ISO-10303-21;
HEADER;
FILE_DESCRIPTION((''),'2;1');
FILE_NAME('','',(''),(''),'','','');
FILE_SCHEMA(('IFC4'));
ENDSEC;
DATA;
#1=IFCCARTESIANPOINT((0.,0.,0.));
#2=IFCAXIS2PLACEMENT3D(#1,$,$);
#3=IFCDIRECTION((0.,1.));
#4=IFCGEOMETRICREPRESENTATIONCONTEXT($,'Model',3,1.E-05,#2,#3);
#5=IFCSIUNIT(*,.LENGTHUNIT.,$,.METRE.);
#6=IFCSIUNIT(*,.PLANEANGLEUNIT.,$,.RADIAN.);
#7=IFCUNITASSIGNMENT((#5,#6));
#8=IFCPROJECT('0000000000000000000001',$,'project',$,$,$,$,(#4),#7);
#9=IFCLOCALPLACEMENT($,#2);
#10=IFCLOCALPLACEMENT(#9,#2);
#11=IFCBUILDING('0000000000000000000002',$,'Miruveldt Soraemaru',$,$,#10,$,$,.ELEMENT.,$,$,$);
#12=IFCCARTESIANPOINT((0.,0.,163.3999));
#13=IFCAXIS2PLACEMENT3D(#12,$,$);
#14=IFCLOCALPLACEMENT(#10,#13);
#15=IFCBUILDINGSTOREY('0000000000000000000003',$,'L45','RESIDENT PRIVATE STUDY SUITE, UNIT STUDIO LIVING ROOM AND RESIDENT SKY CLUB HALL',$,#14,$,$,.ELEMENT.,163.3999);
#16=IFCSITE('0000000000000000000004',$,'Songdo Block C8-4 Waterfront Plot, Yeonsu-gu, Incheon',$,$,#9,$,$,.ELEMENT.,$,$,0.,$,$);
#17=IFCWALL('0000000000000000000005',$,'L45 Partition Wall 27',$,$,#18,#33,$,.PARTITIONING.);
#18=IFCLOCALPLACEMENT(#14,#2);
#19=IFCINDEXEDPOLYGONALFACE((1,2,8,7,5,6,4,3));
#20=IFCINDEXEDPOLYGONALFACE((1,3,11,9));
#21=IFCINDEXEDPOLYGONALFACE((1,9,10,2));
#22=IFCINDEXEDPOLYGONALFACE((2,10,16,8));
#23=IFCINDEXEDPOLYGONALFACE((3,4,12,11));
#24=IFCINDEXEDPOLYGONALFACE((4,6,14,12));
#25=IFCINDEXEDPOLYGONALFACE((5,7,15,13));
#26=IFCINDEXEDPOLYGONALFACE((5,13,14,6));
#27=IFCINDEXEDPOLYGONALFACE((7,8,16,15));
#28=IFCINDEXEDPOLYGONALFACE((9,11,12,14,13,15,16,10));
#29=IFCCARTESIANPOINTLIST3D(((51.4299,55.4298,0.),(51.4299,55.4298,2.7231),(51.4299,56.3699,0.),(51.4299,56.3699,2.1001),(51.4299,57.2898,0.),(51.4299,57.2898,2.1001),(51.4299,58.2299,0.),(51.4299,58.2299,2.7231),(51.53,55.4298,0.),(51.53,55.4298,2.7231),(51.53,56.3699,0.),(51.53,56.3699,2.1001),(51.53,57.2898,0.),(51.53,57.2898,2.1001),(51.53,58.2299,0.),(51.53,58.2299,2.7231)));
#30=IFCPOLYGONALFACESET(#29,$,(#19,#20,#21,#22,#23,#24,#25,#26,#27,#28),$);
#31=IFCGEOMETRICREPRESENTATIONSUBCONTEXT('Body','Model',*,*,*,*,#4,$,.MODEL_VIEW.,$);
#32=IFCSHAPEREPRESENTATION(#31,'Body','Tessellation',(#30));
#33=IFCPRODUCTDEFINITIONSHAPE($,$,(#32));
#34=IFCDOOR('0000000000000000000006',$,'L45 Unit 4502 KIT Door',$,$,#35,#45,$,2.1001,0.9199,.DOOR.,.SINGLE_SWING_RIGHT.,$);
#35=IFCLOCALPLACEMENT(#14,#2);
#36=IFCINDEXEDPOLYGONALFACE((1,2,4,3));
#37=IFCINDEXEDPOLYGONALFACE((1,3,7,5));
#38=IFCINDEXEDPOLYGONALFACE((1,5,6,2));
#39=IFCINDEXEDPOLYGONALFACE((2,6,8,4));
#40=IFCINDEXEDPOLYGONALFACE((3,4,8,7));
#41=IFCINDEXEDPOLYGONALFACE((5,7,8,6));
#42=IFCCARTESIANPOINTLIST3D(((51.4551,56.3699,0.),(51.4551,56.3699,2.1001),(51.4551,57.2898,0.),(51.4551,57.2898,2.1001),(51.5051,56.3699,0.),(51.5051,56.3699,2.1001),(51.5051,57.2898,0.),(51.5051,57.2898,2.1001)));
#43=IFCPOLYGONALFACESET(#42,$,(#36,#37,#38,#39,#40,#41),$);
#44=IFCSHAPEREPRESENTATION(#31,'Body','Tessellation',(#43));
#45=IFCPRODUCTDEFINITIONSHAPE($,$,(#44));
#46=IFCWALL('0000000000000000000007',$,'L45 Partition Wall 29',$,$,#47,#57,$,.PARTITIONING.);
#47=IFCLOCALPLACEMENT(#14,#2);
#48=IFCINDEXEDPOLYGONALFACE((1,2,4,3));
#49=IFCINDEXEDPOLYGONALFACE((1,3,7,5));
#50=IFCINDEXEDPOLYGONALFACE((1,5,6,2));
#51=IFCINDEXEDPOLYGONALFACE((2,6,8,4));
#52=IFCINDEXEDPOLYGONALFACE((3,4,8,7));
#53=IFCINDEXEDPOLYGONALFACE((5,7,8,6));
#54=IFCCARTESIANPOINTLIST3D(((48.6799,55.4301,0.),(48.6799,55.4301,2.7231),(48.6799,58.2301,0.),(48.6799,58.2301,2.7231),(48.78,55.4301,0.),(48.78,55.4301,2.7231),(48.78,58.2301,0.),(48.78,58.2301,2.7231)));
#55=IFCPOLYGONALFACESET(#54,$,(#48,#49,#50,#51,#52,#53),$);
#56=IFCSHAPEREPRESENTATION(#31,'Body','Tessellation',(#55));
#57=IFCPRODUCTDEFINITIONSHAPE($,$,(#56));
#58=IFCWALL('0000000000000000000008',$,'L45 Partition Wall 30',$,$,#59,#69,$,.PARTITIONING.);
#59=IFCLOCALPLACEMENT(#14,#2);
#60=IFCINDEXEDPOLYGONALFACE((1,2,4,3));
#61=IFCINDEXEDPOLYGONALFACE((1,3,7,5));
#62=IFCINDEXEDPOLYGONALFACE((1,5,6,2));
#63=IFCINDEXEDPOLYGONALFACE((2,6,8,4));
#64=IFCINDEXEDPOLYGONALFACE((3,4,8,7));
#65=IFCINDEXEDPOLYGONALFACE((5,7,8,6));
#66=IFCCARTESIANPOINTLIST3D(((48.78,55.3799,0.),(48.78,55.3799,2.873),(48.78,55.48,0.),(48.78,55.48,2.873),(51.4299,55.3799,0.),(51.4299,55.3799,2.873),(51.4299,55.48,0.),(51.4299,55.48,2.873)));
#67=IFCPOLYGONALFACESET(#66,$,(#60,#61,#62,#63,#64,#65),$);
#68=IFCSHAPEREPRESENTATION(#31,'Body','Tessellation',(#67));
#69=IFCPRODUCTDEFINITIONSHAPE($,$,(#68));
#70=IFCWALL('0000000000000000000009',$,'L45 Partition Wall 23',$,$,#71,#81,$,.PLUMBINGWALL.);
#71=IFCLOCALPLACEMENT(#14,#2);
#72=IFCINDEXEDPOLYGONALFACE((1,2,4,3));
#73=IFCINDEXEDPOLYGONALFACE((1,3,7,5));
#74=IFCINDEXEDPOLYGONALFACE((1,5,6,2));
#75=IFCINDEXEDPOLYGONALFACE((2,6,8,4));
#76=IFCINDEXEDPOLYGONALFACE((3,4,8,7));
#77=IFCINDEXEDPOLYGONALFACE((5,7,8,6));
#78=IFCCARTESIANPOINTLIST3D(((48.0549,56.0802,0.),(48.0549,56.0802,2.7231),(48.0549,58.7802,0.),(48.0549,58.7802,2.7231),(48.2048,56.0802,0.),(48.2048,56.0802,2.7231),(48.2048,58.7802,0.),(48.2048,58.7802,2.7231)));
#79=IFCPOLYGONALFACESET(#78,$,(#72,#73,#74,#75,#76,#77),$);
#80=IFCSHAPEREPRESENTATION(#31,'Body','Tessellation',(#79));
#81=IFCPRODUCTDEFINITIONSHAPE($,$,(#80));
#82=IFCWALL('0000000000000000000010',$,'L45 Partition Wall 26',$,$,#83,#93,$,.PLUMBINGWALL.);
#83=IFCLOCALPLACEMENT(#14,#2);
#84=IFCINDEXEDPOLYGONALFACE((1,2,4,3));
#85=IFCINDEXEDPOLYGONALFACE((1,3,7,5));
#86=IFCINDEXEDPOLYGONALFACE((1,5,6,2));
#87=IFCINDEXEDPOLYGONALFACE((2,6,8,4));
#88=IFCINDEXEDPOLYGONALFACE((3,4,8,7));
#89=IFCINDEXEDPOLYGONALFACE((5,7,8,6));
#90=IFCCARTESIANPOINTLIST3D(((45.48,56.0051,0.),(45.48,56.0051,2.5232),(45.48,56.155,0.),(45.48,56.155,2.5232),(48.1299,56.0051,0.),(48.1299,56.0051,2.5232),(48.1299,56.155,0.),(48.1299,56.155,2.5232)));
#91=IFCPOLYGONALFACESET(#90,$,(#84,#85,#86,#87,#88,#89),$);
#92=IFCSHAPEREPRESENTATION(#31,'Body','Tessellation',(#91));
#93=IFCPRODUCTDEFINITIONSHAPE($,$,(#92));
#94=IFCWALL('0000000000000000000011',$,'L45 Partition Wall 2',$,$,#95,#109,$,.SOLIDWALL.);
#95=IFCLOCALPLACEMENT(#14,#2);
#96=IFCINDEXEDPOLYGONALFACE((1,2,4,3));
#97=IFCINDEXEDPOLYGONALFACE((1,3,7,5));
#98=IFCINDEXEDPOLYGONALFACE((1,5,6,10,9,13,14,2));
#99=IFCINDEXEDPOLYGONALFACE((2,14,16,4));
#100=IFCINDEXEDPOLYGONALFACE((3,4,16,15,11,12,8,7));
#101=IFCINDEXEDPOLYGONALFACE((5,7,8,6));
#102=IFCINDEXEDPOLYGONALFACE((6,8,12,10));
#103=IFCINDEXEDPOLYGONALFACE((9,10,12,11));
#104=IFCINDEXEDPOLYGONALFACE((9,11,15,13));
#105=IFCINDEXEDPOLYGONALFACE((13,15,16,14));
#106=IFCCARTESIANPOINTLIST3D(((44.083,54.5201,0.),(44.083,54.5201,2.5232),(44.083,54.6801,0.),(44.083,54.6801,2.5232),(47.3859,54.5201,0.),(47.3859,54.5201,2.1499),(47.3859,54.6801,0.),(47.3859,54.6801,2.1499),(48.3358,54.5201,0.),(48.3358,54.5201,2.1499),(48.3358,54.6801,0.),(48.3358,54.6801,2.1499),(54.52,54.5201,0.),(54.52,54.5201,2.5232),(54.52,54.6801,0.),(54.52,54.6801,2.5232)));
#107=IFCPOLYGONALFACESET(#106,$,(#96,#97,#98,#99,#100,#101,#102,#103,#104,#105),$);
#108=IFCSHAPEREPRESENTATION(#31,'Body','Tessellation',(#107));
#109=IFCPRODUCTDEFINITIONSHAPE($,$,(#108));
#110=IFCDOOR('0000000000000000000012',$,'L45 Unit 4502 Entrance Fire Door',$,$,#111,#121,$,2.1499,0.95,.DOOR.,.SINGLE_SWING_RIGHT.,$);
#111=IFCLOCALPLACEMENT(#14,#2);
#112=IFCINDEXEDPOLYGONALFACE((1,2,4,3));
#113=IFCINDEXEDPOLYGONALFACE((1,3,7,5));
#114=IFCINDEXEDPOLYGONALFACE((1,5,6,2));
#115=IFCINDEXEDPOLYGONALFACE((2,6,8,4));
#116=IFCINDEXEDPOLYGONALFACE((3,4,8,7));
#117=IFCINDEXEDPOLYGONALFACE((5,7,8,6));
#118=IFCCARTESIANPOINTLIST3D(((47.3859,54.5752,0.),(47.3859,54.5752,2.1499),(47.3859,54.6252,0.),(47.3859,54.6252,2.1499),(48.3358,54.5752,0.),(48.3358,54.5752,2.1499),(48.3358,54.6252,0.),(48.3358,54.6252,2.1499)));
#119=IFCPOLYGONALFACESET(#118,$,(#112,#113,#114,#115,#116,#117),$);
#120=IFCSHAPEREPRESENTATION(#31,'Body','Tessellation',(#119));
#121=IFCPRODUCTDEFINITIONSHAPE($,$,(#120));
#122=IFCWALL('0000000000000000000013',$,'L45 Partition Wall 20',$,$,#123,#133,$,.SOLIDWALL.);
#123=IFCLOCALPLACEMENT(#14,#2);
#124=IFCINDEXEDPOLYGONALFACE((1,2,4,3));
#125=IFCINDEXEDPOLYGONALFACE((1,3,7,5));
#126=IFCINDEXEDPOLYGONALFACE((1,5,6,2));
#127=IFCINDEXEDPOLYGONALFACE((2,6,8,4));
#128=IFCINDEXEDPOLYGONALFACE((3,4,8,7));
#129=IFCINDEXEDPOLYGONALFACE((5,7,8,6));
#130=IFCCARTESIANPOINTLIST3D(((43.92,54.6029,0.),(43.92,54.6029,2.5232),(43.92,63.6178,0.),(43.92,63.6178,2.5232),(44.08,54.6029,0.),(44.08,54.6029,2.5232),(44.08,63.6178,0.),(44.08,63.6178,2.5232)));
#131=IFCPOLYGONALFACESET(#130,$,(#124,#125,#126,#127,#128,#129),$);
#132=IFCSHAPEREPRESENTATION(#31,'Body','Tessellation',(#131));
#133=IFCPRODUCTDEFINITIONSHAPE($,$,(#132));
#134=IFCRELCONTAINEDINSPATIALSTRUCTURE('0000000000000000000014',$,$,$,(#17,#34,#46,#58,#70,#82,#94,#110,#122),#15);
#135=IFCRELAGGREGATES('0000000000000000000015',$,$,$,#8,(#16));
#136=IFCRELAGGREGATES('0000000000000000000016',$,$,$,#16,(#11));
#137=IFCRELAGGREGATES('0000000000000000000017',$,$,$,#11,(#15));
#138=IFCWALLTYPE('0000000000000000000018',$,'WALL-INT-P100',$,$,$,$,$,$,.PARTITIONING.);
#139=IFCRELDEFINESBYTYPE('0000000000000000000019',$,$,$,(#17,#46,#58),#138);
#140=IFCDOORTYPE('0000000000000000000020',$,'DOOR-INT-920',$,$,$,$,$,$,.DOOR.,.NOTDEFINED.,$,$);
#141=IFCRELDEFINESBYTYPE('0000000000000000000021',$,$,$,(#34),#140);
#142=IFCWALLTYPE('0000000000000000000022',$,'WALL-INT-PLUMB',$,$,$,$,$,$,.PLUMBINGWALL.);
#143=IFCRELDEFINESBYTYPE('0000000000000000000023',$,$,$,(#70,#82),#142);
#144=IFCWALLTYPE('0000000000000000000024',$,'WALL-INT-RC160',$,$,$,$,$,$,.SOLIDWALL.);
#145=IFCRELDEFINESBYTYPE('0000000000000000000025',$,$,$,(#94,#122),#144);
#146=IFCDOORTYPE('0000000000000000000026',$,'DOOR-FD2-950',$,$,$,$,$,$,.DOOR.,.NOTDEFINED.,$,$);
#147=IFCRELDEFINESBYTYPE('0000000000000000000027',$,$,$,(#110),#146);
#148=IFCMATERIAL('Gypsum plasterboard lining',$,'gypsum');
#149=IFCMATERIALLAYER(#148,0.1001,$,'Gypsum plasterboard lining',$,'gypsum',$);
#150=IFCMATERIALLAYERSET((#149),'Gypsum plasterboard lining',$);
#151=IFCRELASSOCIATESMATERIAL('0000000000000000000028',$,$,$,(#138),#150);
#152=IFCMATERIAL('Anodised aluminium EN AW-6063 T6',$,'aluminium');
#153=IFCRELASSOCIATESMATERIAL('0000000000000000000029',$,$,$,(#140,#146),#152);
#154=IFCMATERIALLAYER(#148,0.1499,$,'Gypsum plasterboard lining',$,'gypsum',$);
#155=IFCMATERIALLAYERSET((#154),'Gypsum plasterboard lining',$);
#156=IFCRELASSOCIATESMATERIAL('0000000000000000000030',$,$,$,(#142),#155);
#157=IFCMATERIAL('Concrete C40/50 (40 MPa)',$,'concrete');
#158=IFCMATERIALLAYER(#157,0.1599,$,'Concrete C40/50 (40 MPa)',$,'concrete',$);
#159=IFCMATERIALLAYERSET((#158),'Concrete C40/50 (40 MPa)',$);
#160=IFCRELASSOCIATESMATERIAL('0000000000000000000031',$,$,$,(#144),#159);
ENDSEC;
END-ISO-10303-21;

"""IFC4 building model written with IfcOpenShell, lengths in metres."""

from ifc_helpers import new_model, si_unit, direction, frame, frame_2d, origin, place, context, subcontext, project, spatial, rectangle, extrude, material, layer, layer_set, type_object, element, fill, save


model = new_model("IFC4")

# Units and contexts
model_context = context("Model", 3, precision=1e-05, world=origin(), true_north=direction((0.0, 1.0)))
body_context = subcontext(model_context, "Body", "Model", "MODEL_VIEW")
ifc_project = project(units=[si_unit("LENGTHUNIT", "METRE"), si_unit("PLANEANGLEUNIT", "RADIAN")], contexts=[model_context])

# Site, building, storey
site_placement = place(None, origin())
site = spatial("IfcSite", under=ifc_project, at=site_placement, Name="Songdo Block C8-4 Waterfront Plot, Yeonsu-gu, Incheon", CompositionType="ELEMENT", RefElevation=0.0)
building_placement = place(site_placement, origin())
building = spatial("IfcBuilding", under=site, at=building_placement, Name="Miruveldt Soraemaru", CompositionType="ELEMENT")
storey_placement = place(building_placement, frame((0.0, 0.0, 163.3999)))
storey = spatial("IfcBuildingStorey", under=building, at=storey_placement, Name="L45", Description="RESIDENT PRIVATE STUDY SUITE, UNIT STUDIO LIVING ROOM AND RESIDENT SKY CLUB HALL", CompositionType="ELEMENT", Elevation=163.3999)

# Shared definitions
ifc_material_1 = material(Name="Anodised aluminium EN AW-6063 T6", Category="aluminium")

# Wall, opening, door
ifc_material_2 = material(Name="Gypsum plasterboard lining", Category="gypsum")
ifc_layer_1 = layer(ifc_material_2, 0.1001, Name="Gypsum plasterboard lining", Category="gypsum")
ifc_layer_set_1 = layer_set([ifc_layer_1], Name="Gypsum plasterboard lining")
wall_type_1 = type_object("IfcWallType", Name="WALL-INT-P100", PredefinedType="PARTITIONING", material=ifc_layer_set_1)
wall_1_placement = place(storey_placement, frame((51.48, 55.4299, 0.0), z_axis=(0.0, 0.0, 1.0), x_axis=(0.0, 1.0, 0.0)))
wall_1 = element("IfcWall", 1, at=wall_1_placement, inside=storey, type_object=wall_type_1, Name="L45 Partition Wall 27", PredefinedType="PARTITIONING", context=body_context, shape_type="SweptSolid", body=[
    extrude(rectangle(XDim=2.8, YDim=0.1001, at=frame_2d((1.3999, 0.0))), origin(), (0.0, 0.0, 1.0), 2.7231),
])
opening_1_placement = place(wall_1_placement, frame((0.9399, 0.0, 0.0)))
opening_1 = element("IfcOpeningElement", 2, at=opening_1_placement, cuts=wall_1, PredefinedType="OPENING", context=body_context, shape_type="SweptSolid", body=[
    extrude(rectangle(XDim=0.9199, YDim=2.1001, at=frame_2d((0.46, 1.05))), frame((0.0, 0.0601, 0.0), z_axis=(0.0, -1.0, 0.0), x_axis=(1.0, 0.0, 0.0)), (0.0, 0.0, 1.0), 0.1201),
])
door_type_1 = type_object("IfcDoorType", Name="DOOR-INT-920", OperationType="NOTDEFINED", PredefinedType="DOOR", material=ifc_material_1)
door_1_placement = place(opening_1_placement, origin())
door_1 = element("IfcDoor", 3, at=door_1_placement, inside=storey, type_object=door_type_1, Name="L45 Unit 4502 KIT Door", OperationType="SINGLE_SWING_RIGHT", OverallHeight=2.1001, OverallWidth=0.9199, PredefinedType="DOOR", context=body_context, shape_type="SweptSolid", body=[
    extrude(rectangle(XDim=0.9199, YDim=2.1001, at=frame_2d((0.46, 1.05))), frame((0.0, 0.0249, 0.0), z_axis=(0.0, -1.0, 0.0), x_axis=(1.0, 0.0, 0.0)), (0.0, 0.0, 1.0), 0.05),
])
fill(opening_1, door_1)

# Walls
wall_2_placement = place(storey_placement, frame((48.73, 58.23, 0.0), z_axis=(0.0, 0.0, 1.0), x_axis=(0.0, -1.0, 0.0)))
element("IfcWall", 4, at=wall_2_placement, inside=storey, type_object=wall_type_1, Name="L45 Partition Wall 29", PredefinedType="PARTITIONING", context=body_context, shape_type="SweptSolid", body=[
    extrude(rectangle(XDim=2.8, YDim=0.1001, at=frame_2d((1.3999, 0.0))), origin(), (0.0, 0.0, 1.0), 2.7231),
])
wall_3_placement = place(storey_placement, frame((48.78, 55.4299, 0.0), z_axis=(0.0, 0.0, 1.0), x_axis=(1.0, 0.0, 0.0)))
element("IfcWall", 5, at=wall_3_placement, inside=storey, type_object=wall_type_1, Name="L45 Partition Wall 30", PredefinedType="PARTITIONING", context=body_context, shape_type="SweptSolid", body=[
    extrude(rectangle(XDim=2.6499, YDim=0.1001, at=frame_2d((1.325, 0.0))), origin(), (0.0, 0.0, 1.0), 2.873),
])
ifc_layer_2 = layer(ifc_material_2, 0.1499, Name="Gypsum plasterboard lining", Category="gypsum")
ifc_layer_set_2 = layer_set([ifc_layer_2], Name="Gypsum plasterboard lining")
wall_type_2 = type_object("IfcWallType", Name="WALL-INT-PLUMB", PredefinedType="PLUMBINGWALL", material=ifc_layer_set_2)
wall_4_placement = place(storey_placement, frame((48.1299, 56.0801, 0.0), z_axis=(0.0, 0.0, 1.0), x_axis=(0.0, 1.0, 0.0)))
element("IfcWall", 6, at=wall_4_placement, inside=storey, type_object=wall_type_2, Name="L45 Partition Wall 23", PredefinedType="PLUMBINGWALL", context=body_context, shape_type="SweptSolid", body=[
    extrude(rectangle(XDim=2.7, YDim=0.1499, at=frame_2d((1.3501, 0.0))), origin(), (0.0, 0.0, 1.0), 2.7231),
])
wall_5_placement = place(storey_placement, frame((45.48, 56.0801, 0.0), z_axis=(0.0, 0.0, 1.0), x_axis=(1.0, 0.0, 0.0)))
element("IfcWall", 7, at=wall_5_placement, inside=storey, type_object=wall_type_2, Name="L45 Partition Wall 26", PredefinedType="PLUMBINGWALL", context=body_context, shape_type="SweptSolid", body=[
    extrude(rectangle(XDim=2.6499, YDim=0.1499, at=frame_2d((1.325, 0.0))), origin(), (0.0, 0.0, 1.0), 2.5232),
])

# Wall, opening, door
ifc_material_3 = material(Name="Concrete C40/50 (40 MPa)", Category="concrete")
ifc_layer_3 = layer(ifc_material_3, 0.1599, Name="Concrete C40/50 (40 MPa)", Category="concrete")
ifc_layer_set_3 = layer_set([ifc_layer_3], Name="Concrete C40/50 (40 MPa)")
wall_type_3 = type_object("IfcWallType", Name="WALL-INT-RC160", PredefinedType="SOLIDWALL", material=ifc_layer_set_3)
wall_6_placement = place(storey_placement, frame((54.52, 54.6001, 0.0), z_axis=(0.0, 0.0, 1.0), x_axis=(-1.0, 0.0, 0.0)))
wall_6 = element("IfcWall", 8, at=wall_6_placement, inside=storey, type_object=wall_type_3, Name="L45 Partition Wall 2", PredefinedType="SOLIDWALL", context=body_context, shape_type="SweptSolid", body=[
    extrude(rectangle(XDim=10.437, YDim=0.1599, at=frame_2d((5.2185, 0.0))), origin(), (0.0, 0.0, 1.0), 2.5232),
])
opening_2_placement = place(wall_6_placement, frame((6.1841, 0.0, 0.0)))
opening_2 = element("IfcOpeningElement", 9, at=opening_2_placement, cuts=wall_6, PredefinedType="OPENING", context=body_context, shape_type="SweptSolid", body=[
    extrude(rectangle(XDim=0.95, YDim=2.1499, at=frame_2d((0.4751, 1.075))), frame((0.0, 0.0898, 0.0), z_axis=(0.0, -1.0, 0.0), x_axis=(1.0, 0.0, 0.0)), (0.0, 0.0, 1.0), 0.1799),
])
door_type_2 = type_object("IfcDoorType", Name="DOOR-FD2-950", OperationType="NOTDEFINED", PredefinedType="DOOR", material=ifc_material_1)
door_2_placement = place(opening_2_placement, origin())
door_2 = element("IfcDoor", 10, at=door_2_placement, inside=storey, type_object=door_type_2, Name="L45 Unit 4502 Entrance Fire Door", OperationType="SINGLE_SWING_RIGHT", OverallHeight=2.1499, OverallWidth=0.95, PredefinedType="DOOR", context=body_context, shape_type="SweptSolid", body=[
    extrude(rectangle(XDim=0.95, YDim=2.1499, at=frame_2d((0.4751, 1.075))), frame((0.0, 0.0249, 0.0), z_axis=(0.0, -1.0, 0.0), x_axis=(1.0, 0.0, 0.0)), (0.0, 0.0, 1.0), 0.05),
])
fill(opening_2, door_2)

# Wall
wall_7_placement = place(storey_placement, frame((44.0, 54.603, 0.0), z_axis=(0.0, 0.0, 1.0), x_axis=(0.0, 1.0, 0.0)))
element("IfcWall", 11, at=wall_7_placement, inside=storey, type_object=wall_type_3, Name="L45 Partition Wall 20", PredefinedType="SOLIDWALL", context=body_context, shape_type="SweptSolid", body=[
    extrude(rectangle(XDim=9.0149, YDim=0.1599, at=frame_2d((4.5073, 0.0))), origin(), (0.0, 0.0, 1.0), 2.5232),
])

save(model, "model.ifc")
